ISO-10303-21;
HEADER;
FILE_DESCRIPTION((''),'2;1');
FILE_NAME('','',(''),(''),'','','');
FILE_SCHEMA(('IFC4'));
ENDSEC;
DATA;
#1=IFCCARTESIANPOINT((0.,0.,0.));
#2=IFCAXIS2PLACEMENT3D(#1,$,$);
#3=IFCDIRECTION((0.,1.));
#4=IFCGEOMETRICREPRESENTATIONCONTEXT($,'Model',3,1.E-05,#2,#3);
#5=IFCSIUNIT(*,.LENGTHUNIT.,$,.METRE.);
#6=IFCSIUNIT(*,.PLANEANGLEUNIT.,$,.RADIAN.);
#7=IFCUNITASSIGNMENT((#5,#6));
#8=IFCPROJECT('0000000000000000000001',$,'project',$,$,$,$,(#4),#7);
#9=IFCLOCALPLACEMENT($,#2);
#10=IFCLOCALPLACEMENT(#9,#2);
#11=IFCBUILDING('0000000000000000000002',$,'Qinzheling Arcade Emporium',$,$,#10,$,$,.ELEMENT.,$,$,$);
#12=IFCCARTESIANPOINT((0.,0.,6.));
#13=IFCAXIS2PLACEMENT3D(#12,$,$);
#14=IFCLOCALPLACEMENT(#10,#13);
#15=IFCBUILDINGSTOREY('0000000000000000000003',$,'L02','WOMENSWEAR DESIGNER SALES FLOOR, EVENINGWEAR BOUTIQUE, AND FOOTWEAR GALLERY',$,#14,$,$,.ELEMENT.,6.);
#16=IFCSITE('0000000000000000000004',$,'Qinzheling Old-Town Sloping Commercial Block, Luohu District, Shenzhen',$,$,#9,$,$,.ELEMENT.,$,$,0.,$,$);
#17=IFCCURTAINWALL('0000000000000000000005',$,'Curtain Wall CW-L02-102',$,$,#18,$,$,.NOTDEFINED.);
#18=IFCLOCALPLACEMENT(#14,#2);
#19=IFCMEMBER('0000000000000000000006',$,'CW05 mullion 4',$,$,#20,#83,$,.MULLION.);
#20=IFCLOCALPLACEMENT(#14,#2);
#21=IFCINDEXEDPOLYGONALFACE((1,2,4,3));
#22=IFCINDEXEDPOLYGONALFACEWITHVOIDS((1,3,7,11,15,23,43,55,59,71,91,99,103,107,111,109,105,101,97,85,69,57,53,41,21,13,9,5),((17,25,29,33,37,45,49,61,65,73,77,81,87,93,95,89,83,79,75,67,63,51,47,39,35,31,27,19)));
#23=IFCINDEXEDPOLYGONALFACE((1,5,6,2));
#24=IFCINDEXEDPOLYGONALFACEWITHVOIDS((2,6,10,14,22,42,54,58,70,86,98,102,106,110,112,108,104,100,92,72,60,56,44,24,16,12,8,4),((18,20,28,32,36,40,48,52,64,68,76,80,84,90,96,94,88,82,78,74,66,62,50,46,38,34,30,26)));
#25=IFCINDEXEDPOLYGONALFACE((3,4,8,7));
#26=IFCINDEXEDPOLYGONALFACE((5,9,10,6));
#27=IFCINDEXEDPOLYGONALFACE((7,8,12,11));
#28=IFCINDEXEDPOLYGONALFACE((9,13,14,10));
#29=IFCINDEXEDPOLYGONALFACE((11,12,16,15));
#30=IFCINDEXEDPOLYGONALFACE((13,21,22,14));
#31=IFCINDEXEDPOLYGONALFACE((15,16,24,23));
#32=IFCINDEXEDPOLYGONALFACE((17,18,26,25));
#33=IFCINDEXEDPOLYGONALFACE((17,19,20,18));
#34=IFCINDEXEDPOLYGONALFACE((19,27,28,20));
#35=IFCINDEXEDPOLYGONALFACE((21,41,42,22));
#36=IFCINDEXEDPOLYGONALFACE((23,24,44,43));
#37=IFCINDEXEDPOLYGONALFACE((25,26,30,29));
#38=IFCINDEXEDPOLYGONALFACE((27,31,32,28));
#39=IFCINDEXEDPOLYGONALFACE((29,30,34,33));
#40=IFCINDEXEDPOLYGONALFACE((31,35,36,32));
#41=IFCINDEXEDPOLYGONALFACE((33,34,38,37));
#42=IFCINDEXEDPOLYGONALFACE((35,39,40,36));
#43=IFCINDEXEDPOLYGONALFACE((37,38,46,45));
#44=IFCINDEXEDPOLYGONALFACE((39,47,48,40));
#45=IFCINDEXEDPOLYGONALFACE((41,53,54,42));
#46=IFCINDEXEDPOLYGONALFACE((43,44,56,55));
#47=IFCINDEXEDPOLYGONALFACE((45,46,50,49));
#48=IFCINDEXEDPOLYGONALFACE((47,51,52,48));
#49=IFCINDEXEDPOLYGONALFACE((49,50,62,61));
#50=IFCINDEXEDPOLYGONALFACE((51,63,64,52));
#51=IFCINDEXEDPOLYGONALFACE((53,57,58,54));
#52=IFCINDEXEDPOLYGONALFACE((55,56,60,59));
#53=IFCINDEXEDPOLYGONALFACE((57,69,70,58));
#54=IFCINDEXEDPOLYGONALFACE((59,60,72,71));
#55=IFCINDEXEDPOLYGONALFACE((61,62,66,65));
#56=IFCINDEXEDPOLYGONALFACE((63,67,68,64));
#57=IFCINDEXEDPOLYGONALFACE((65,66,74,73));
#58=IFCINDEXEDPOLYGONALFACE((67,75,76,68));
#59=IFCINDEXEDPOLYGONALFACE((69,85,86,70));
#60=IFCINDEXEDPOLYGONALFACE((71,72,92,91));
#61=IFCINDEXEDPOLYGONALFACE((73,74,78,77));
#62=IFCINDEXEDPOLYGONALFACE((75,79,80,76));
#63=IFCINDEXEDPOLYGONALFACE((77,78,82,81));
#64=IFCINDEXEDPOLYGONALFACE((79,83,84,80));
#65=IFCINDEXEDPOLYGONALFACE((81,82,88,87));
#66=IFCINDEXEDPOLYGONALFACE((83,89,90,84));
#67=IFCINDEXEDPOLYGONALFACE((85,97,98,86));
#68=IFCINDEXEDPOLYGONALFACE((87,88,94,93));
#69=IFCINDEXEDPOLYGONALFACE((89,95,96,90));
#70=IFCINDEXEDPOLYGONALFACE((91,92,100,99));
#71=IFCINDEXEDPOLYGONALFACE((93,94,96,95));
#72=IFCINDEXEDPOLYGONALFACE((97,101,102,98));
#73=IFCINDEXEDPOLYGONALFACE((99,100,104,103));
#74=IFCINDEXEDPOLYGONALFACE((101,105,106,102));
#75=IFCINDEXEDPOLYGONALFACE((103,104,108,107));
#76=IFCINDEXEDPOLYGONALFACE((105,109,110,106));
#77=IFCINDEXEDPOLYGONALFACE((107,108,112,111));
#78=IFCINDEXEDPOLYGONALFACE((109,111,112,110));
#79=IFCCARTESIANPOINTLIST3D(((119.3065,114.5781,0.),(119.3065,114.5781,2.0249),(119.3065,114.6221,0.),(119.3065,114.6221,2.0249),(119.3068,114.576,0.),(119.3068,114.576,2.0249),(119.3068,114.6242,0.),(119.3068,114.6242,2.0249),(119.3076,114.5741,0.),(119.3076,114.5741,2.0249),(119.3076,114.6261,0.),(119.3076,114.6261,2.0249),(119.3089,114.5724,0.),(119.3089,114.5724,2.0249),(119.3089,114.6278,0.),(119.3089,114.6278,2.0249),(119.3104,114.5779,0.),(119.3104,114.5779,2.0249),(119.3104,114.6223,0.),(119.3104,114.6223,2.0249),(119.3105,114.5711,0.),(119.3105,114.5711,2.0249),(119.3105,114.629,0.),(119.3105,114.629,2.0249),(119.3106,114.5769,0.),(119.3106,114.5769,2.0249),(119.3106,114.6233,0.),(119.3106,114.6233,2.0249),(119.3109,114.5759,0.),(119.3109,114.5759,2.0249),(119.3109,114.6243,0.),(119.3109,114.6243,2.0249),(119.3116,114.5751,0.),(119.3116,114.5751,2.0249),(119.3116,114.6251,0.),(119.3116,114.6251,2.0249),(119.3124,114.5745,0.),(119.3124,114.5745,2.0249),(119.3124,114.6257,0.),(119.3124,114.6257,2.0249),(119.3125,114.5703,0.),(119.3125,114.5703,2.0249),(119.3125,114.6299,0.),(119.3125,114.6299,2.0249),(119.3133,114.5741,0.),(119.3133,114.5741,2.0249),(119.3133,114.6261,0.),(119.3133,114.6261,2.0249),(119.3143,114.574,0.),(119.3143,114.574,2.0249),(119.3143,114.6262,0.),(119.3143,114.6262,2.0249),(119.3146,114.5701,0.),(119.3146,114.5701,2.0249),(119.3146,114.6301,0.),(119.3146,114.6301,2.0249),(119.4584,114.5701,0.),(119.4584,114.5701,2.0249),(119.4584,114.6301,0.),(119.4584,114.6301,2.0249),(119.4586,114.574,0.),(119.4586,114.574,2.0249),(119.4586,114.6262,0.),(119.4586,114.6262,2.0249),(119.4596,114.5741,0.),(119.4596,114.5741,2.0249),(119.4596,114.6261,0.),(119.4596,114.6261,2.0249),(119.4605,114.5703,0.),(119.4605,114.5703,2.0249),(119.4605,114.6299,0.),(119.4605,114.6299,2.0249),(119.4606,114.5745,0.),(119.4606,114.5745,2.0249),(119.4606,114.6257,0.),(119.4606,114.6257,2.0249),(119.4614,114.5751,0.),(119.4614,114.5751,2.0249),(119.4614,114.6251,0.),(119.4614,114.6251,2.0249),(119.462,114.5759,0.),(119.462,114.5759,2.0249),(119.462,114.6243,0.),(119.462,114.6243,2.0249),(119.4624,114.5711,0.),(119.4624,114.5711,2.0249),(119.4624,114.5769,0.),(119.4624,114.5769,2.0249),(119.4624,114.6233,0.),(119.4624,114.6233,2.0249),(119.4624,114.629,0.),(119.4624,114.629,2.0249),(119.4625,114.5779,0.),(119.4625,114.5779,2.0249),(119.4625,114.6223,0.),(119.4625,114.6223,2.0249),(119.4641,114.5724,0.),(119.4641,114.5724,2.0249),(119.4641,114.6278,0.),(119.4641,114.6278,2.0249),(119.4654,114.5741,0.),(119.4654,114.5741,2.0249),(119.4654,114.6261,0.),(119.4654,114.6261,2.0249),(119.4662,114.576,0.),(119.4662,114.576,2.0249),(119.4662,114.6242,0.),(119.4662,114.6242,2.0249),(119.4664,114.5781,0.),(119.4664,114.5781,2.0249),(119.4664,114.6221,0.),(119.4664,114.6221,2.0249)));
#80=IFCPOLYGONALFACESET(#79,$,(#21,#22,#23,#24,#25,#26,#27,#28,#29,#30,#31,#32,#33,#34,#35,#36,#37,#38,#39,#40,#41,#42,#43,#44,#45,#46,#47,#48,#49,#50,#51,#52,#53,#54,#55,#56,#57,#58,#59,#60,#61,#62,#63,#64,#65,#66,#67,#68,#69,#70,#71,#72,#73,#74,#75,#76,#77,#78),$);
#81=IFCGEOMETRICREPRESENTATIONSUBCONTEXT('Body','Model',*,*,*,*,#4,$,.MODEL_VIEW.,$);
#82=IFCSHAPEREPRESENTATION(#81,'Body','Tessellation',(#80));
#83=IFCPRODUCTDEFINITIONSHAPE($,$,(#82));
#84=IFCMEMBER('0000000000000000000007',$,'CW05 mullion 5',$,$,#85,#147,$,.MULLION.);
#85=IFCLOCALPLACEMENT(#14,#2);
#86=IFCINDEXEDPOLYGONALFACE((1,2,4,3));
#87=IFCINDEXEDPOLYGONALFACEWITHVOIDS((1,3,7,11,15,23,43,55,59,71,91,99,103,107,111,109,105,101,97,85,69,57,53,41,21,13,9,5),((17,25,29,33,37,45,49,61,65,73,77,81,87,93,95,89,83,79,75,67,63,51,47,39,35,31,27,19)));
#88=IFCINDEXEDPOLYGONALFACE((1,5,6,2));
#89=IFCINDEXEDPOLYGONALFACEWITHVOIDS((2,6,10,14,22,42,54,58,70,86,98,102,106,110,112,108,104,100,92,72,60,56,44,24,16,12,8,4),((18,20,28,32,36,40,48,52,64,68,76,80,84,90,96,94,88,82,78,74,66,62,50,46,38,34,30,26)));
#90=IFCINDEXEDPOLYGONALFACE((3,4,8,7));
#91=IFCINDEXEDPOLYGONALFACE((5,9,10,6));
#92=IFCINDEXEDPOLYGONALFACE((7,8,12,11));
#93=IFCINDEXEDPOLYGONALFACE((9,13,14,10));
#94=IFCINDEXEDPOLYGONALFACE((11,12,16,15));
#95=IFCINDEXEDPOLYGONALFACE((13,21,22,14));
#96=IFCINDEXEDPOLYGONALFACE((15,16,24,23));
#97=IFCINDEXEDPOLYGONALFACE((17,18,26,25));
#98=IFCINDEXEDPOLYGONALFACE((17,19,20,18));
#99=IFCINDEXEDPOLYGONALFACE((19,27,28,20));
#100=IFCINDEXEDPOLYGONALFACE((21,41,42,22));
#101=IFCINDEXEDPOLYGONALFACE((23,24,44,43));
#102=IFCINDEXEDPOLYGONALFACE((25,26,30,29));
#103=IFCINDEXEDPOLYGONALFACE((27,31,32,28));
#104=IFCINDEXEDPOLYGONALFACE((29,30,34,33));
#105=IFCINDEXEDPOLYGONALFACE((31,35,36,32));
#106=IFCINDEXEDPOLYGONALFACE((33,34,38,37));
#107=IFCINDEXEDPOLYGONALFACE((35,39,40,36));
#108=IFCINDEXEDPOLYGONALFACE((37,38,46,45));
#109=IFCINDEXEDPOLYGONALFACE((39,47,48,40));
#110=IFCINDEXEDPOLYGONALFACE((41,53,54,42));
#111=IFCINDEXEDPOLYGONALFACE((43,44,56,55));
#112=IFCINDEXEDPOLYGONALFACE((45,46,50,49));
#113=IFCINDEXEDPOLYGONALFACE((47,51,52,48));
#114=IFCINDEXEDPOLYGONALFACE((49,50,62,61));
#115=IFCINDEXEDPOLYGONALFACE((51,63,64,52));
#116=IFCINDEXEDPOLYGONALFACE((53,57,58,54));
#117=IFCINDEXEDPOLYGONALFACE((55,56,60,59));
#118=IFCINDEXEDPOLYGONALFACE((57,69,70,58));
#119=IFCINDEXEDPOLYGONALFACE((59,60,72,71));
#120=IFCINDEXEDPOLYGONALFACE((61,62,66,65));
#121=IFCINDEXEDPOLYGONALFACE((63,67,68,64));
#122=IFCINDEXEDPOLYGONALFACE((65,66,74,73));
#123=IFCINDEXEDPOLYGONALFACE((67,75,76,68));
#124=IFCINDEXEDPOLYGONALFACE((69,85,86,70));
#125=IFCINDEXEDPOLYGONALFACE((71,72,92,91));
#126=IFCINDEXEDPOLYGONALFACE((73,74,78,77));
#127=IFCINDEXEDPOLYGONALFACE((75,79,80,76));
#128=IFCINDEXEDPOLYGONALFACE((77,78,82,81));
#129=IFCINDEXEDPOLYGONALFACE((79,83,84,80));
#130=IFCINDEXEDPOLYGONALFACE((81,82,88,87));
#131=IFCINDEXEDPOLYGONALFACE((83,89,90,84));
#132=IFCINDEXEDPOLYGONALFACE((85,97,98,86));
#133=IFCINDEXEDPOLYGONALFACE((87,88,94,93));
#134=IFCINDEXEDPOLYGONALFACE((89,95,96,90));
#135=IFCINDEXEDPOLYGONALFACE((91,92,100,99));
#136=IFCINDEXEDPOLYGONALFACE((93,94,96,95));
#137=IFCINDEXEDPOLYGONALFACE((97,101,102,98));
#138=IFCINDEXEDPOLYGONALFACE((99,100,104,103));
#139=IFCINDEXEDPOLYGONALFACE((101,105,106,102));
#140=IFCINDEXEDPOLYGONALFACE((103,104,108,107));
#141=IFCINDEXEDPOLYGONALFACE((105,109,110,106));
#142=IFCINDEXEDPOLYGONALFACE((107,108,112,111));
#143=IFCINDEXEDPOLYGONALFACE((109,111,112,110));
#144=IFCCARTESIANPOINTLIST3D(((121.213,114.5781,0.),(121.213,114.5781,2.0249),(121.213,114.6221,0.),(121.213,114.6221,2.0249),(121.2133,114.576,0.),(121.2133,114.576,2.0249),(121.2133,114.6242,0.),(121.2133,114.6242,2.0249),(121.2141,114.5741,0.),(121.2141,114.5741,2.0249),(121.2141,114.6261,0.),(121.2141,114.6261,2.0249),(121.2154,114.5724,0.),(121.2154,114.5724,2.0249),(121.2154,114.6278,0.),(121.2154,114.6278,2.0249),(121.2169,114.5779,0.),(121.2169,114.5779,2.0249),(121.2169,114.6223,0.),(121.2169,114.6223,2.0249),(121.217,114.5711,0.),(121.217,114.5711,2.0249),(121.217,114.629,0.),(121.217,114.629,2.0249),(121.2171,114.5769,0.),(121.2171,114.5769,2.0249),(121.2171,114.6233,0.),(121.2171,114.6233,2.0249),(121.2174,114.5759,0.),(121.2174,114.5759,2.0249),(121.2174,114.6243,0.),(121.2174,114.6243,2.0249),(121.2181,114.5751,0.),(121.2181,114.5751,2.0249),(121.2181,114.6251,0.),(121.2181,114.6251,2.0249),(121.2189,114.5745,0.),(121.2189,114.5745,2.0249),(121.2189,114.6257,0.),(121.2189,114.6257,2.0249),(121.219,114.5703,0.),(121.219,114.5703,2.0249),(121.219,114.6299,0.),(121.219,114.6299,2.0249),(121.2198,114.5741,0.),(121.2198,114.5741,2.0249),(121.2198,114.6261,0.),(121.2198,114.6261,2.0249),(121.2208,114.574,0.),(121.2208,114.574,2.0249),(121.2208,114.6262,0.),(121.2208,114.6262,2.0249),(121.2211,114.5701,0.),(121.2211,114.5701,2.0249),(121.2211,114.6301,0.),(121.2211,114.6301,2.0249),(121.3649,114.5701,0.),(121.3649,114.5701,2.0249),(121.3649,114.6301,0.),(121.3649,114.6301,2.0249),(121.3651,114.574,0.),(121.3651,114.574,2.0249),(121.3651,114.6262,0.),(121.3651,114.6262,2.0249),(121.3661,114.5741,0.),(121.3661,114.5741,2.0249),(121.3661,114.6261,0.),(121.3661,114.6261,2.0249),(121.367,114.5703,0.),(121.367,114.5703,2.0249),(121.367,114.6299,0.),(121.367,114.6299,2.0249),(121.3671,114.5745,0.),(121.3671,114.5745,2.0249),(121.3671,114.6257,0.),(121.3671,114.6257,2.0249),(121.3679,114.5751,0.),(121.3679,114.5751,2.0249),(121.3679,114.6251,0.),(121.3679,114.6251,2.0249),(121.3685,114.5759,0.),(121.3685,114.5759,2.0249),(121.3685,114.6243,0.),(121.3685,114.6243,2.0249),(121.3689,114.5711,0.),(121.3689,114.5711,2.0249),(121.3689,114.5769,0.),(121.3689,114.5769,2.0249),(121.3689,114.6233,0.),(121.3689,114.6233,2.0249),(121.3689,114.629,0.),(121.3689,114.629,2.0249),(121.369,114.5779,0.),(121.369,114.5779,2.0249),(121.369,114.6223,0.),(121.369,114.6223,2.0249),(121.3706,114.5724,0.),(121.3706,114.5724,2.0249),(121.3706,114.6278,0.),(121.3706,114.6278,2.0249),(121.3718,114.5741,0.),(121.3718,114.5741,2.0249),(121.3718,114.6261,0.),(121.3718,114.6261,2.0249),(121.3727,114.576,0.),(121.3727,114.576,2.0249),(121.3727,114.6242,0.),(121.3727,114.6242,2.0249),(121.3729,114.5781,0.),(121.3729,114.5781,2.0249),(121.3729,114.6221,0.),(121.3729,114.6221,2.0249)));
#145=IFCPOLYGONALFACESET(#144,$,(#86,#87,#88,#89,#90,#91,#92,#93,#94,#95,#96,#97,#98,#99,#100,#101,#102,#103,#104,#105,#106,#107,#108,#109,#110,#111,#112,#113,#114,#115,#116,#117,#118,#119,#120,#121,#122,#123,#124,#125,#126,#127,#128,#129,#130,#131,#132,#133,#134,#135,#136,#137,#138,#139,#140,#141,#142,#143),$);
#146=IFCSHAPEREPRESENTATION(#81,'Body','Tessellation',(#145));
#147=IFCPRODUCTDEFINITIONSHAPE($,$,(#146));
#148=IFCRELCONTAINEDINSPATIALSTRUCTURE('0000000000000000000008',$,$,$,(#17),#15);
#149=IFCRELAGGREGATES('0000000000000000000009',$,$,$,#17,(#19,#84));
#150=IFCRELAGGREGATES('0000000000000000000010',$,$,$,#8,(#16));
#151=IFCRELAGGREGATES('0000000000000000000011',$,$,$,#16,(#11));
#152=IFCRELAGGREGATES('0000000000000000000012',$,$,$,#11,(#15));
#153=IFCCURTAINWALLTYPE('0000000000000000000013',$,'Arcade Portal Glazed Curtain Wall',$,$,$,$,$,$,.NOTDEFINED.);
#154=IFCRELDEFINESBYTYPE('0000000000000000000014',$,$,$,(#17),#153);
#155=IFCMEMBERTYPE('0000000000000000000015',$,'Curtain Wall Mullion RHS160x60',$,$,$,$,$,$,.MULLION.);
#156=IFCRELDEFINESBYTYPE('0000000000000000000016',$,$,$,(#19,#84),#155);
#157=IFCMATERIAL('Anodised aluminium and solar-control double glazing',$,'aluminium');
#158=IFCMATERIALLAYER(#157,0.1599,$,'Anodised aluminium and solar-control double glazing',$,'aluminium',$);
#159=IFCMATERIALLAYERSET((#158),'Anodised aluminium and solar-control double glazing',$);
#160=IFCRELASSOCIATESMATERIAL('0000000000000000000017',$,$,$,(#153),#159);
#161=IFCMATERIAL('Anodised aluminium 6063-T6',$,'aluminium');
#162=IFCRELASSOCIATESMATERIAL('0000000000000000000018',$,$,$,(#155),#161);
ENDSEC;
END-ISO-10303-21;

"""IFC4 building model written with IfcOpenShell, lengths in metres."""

from ifc_helpers import new_model, si_unit, direction, frame, origin, origin_2d, place, context, subcontext, project, spatial, hollow_rectangle, extrude, material, layer, layer_set, material_profile, profile_set, type_object, element, aggregate, save


model = new_model("IFC4")

# Units and contexts
model_context = context("Model", 3, precision=1e-05, world=origin(), true_north=direction((0.0, 1.0)))
body_context = subcontext(model_context, "Body", "Model", "MODEL_VIEW")
ifc_project = project(units=[si_unit("LENGTHUNIT", "METRE"), si_unit("PLANEANGLEUNIT", "RADIAN")], contexts=[model_context])

# Site, building, storey
site_placement = place(None, origin())
site = spatial("IfcSite", under=ifc_project, at=site_placement, Name="Qinzheling Old-Town Sloping Commercial Block, Luohu District, Shenzhen", CompositionType="ELEMENT", RefElevation=0.0)
building_placement = place(site_placement, origin())
building = spatial("IfcBuilding", under=site, at=building_placement, Name="Qinzheling Arcade Emporium", CompositionType="ELEMENT")
storey_placement = place(building_placement, frame((0.0, 0.0, 6.0)))
storey = spatial("IfcBuildingStorey", under=building, at=storey_placement, Name="L02", Description="WOMENSWEAR DESIGNER SALES FLOOR, EVENINGWEAR BOUTIQUE, AND FOOTWEAR GALLERY", CompositionType="ELEMENT", Elevation=6.0)

# Curtain wall, members
ifc_material_1 = material(Name="Anodised aluminium and solar-control double glazing", Category="aluminium")
ifc_layer_1 = layer(ifc_material_1, 0.1599, Name="Anodised aluminium and solar-control double glazing", Category="aluminium")
ifc_layer_set_1 = layer_set([ifc_layer_1], Name="Anodised aluminium and solar-control double glazing")
curtain_wall_type_1 = type_object("IfcCurtainWallType", Name="Arcade Portal Glazed Curtain Wall", PredefinedType="NOTDEFINED", material=ifc_layer_set_1)
curtain_wall_1_placement = place(storey_placement, origin())
curtain_wall_1 = element("IfcCurtainWall", 1, at=curtain_wall_1_placement, inside=storey, type_object=curtain_wall_type_1, Name="Curtain Wall CW-L02-102", PredefinedType="NOTDEFINED")
ifc_material_2 = material(Name="Anodised aluminium 6063-T6", Category="aluminium")
ifc_material_profile_1 = material_profile(ifc_material_2, hollow_rectangle(XDim=0.0601, YDim=0.1599, WallThickness=0.0039, InnerFilletRadius=0.0039, OuterFilletRadius=0.0081, at=origin_2d()), Name="RHS 160x60x4", Category="aluminium")
ifc_profile_set_1 = profile_set([ifc_material_profile_1], Name="Anodised aluminium 6063-T6")
member_type_1 = type_object("IfcMemberType", Name="Curtain Wall Mullion RHS160x60", PredefinedType="MULLION", material=ifc_profile_set_1)
member_1_placement = place(storey_placement, frame((119.3865, 114.6001, 0.0), z_axis=(0.0, 0.0, 1.0), x_axis=(0.0, 1.0, 0.0)))
member_1 = element("IfcMember", 2, at=member_1_placement, type_object=member_type_1, Name="CW05 mullion 4", PredefinedType="MULLION", context=body_context, shape_type="SweptSolid", body=[
    extrude(hollow_rectangle(XDim=0.0601, YDim=0.1599, WallThickness=0.0039, InnerFilletRadius=0.0039, OuterFilletRadius=0.0081, at=origin_2d()), origin(), (0.0, 0.0, 1.0), 2.0249),
])
member_2_placement = place(storey_placement, frame((121.293, 114.6001, 0.0), z_axis=(0.0, 0.0, 1.0), x_axis=(0.0, 1.0, 0.0)))
member_2 = element("IfcMember", 3, at=member_2_placement, type_object=member_type_1, Name="CW05 mullion 5", PredefinedType="MULLION", context=body_context, shape_type="SweptSolid", body=[
    extrude(hollow_rectangle(XDim=0.0601, YDim=0.1599, WallThickness=0.0039, InnerFilletRadius=0.0039, OuterFilletRadius=0.0081, at=origin_2d()), origin(), (0.0, 0.0, 1.0), 2.0249),
])

aggregate(curtain_wall_1, [member_1, member_2])

save(model, "model.ifc")
